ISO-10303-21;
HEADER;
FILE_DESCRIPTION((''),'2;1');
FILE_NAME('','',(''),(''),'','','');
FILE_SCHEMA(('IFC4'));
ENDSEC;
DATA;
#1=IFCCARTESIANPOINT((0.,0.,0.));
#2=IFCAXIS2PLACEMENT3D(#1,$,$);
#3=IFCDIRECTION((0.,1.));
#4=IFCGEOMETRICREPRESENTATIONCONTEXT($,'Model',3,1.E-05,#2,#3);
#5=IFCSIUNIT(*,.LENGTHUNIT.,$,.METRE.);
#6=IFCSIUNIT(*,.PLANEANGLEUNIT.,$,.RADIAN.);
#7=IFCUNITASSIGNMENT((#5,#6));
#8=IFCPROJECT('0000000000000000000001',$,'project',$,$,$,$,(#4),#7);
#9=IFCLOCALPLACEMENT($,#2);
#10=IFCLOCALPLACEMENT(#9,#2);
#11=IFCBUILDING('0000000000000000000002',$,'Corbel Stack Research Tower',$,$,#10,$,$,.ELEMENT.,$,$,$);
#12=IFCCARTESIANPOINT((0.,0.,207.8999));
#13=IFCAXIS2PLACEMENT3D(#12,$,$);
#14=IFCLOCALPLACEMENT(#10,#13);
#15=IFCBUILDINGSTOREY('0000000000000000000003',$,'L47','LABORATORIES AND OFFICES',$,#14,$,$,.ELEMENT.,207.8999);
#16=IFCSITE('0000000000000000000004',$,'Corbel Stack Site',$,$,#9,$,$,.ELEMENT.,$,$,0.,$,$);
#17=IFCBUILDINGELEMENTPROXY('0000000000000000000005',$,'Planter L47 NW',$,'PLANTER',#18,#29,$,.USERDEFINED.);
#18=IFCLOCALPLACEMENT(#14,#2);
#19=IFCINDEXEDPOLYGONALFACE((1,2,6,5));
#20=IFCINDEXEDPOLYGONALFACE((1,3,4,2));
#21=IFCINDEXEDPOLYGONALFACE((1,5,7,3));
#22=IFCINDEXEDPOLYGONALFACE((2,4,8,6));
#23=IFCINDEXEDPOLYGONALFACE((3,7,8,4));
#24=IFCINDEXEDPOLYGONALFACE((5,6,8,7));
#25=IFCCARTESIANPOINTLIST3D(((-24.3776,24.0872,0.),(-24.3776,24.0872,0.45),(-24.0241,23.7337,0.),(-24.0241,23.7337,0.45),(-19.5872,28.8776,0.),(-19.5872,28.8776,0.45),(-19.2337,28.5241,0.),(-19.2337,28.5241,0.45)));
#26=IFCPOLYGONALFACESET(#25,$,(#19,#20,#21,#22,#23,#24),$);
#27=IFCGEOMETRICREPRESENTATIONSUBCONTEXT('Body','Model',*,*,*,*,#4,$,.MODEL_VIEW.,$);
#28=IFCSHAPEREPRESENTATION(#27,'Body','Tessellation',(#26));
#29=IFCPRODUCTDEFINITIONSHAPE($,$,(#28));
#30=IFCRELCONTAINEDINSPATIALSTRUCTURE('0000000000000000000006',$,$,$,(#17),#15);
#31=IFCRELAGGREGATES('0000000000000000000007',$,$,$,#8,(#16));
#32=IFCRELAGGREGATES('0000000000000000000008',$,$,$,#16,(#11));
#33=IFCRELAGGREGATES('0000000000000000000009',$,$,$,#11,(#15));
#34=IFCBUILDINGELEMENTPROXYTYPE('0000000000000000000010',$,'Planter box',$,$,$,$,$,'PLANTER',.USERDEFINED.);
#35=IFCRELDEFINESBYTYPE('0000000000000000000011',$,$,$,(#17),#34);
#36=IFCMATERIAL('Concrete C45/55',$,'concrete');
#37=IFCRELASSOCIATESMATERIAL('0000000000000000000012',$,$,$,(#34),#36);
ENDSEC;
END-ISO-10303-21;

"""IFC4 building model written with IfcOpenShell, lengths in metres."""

from ifc_helpers import new_model, si_unit, direction, frame, origin, origin_2d, place, context, subcontext, project, spatial, rectangle, extrude, material, type_object, element, save


model = new_model("IFC4")

# Units and contexts
model_context = context("Model", 3, precision=1e-05, world=origin(), true_north=direction((0.0, 1.0)))
body_context = subcontext(model_context, "Body", "Model", "MODEL_VIEW")
ifc_project = project(units=[si_unit("LENGTHUNIT", "METRE"), si_unit("PLANEANGLEUNIT", "RADIAN")], contexts=[model_context])

# Site, building, storey
site_placement = place(None, origin())
site = spatial("IfcSite", under=ifc_project, at=site_placement, Name="Corbel Stack Site", CompositionType="ELEMENT", RefElevation=0.0)
building_placement = place(site_placement, origin())
building = spatial("IfcBuilding", under=site, at=building_placement, Name="Corbel Stack Research Tower", CompositionType="ELEMENT")
storey_placement = place(building_placement, frame((0.0, 0.0, 207.8999)))
storey = spatial("IfcBuildingStorey", under=building, at=storey_placement, Name="L47", Description="LABORATORIES AND OFFICES", CompositionType="ELEMENT", Elevation=207.8999)

# Building element proxy
ifc_material_1 = material(Name="Concrete C45/55", Category="concrete")
building_element_proxy_type = type_object("IfcBuildingElementProxyType", Name="Planter box", ElementType="PLANTER", PredefinedType="USERDEFINED", material=ifc_material_1)
proxy_placement = place(storey_placement, frame((-21.8057, 26.3057, 0.0), z_axis=(0.0, 0.0, 1.0), x_axis=(-0.707107, -0.707107, 0.0)))
element("IfcBuildingElementProxy", 1, at=proxy_placement, inside=storey, type_object=building_element_proxy_type, Name="Planter L47 NW", ObjectType="PLANTER", PredefinedType="USERDEFINED", context=body_context, shape_type="SweptSolid", body=[
    extrude(rectangle(XDim=6.7747, YDim=0.5, at=origin_2d()), origin(), (0.0, 0.0, 1.0), 0.45),
])

save(model, "model.ifc")
